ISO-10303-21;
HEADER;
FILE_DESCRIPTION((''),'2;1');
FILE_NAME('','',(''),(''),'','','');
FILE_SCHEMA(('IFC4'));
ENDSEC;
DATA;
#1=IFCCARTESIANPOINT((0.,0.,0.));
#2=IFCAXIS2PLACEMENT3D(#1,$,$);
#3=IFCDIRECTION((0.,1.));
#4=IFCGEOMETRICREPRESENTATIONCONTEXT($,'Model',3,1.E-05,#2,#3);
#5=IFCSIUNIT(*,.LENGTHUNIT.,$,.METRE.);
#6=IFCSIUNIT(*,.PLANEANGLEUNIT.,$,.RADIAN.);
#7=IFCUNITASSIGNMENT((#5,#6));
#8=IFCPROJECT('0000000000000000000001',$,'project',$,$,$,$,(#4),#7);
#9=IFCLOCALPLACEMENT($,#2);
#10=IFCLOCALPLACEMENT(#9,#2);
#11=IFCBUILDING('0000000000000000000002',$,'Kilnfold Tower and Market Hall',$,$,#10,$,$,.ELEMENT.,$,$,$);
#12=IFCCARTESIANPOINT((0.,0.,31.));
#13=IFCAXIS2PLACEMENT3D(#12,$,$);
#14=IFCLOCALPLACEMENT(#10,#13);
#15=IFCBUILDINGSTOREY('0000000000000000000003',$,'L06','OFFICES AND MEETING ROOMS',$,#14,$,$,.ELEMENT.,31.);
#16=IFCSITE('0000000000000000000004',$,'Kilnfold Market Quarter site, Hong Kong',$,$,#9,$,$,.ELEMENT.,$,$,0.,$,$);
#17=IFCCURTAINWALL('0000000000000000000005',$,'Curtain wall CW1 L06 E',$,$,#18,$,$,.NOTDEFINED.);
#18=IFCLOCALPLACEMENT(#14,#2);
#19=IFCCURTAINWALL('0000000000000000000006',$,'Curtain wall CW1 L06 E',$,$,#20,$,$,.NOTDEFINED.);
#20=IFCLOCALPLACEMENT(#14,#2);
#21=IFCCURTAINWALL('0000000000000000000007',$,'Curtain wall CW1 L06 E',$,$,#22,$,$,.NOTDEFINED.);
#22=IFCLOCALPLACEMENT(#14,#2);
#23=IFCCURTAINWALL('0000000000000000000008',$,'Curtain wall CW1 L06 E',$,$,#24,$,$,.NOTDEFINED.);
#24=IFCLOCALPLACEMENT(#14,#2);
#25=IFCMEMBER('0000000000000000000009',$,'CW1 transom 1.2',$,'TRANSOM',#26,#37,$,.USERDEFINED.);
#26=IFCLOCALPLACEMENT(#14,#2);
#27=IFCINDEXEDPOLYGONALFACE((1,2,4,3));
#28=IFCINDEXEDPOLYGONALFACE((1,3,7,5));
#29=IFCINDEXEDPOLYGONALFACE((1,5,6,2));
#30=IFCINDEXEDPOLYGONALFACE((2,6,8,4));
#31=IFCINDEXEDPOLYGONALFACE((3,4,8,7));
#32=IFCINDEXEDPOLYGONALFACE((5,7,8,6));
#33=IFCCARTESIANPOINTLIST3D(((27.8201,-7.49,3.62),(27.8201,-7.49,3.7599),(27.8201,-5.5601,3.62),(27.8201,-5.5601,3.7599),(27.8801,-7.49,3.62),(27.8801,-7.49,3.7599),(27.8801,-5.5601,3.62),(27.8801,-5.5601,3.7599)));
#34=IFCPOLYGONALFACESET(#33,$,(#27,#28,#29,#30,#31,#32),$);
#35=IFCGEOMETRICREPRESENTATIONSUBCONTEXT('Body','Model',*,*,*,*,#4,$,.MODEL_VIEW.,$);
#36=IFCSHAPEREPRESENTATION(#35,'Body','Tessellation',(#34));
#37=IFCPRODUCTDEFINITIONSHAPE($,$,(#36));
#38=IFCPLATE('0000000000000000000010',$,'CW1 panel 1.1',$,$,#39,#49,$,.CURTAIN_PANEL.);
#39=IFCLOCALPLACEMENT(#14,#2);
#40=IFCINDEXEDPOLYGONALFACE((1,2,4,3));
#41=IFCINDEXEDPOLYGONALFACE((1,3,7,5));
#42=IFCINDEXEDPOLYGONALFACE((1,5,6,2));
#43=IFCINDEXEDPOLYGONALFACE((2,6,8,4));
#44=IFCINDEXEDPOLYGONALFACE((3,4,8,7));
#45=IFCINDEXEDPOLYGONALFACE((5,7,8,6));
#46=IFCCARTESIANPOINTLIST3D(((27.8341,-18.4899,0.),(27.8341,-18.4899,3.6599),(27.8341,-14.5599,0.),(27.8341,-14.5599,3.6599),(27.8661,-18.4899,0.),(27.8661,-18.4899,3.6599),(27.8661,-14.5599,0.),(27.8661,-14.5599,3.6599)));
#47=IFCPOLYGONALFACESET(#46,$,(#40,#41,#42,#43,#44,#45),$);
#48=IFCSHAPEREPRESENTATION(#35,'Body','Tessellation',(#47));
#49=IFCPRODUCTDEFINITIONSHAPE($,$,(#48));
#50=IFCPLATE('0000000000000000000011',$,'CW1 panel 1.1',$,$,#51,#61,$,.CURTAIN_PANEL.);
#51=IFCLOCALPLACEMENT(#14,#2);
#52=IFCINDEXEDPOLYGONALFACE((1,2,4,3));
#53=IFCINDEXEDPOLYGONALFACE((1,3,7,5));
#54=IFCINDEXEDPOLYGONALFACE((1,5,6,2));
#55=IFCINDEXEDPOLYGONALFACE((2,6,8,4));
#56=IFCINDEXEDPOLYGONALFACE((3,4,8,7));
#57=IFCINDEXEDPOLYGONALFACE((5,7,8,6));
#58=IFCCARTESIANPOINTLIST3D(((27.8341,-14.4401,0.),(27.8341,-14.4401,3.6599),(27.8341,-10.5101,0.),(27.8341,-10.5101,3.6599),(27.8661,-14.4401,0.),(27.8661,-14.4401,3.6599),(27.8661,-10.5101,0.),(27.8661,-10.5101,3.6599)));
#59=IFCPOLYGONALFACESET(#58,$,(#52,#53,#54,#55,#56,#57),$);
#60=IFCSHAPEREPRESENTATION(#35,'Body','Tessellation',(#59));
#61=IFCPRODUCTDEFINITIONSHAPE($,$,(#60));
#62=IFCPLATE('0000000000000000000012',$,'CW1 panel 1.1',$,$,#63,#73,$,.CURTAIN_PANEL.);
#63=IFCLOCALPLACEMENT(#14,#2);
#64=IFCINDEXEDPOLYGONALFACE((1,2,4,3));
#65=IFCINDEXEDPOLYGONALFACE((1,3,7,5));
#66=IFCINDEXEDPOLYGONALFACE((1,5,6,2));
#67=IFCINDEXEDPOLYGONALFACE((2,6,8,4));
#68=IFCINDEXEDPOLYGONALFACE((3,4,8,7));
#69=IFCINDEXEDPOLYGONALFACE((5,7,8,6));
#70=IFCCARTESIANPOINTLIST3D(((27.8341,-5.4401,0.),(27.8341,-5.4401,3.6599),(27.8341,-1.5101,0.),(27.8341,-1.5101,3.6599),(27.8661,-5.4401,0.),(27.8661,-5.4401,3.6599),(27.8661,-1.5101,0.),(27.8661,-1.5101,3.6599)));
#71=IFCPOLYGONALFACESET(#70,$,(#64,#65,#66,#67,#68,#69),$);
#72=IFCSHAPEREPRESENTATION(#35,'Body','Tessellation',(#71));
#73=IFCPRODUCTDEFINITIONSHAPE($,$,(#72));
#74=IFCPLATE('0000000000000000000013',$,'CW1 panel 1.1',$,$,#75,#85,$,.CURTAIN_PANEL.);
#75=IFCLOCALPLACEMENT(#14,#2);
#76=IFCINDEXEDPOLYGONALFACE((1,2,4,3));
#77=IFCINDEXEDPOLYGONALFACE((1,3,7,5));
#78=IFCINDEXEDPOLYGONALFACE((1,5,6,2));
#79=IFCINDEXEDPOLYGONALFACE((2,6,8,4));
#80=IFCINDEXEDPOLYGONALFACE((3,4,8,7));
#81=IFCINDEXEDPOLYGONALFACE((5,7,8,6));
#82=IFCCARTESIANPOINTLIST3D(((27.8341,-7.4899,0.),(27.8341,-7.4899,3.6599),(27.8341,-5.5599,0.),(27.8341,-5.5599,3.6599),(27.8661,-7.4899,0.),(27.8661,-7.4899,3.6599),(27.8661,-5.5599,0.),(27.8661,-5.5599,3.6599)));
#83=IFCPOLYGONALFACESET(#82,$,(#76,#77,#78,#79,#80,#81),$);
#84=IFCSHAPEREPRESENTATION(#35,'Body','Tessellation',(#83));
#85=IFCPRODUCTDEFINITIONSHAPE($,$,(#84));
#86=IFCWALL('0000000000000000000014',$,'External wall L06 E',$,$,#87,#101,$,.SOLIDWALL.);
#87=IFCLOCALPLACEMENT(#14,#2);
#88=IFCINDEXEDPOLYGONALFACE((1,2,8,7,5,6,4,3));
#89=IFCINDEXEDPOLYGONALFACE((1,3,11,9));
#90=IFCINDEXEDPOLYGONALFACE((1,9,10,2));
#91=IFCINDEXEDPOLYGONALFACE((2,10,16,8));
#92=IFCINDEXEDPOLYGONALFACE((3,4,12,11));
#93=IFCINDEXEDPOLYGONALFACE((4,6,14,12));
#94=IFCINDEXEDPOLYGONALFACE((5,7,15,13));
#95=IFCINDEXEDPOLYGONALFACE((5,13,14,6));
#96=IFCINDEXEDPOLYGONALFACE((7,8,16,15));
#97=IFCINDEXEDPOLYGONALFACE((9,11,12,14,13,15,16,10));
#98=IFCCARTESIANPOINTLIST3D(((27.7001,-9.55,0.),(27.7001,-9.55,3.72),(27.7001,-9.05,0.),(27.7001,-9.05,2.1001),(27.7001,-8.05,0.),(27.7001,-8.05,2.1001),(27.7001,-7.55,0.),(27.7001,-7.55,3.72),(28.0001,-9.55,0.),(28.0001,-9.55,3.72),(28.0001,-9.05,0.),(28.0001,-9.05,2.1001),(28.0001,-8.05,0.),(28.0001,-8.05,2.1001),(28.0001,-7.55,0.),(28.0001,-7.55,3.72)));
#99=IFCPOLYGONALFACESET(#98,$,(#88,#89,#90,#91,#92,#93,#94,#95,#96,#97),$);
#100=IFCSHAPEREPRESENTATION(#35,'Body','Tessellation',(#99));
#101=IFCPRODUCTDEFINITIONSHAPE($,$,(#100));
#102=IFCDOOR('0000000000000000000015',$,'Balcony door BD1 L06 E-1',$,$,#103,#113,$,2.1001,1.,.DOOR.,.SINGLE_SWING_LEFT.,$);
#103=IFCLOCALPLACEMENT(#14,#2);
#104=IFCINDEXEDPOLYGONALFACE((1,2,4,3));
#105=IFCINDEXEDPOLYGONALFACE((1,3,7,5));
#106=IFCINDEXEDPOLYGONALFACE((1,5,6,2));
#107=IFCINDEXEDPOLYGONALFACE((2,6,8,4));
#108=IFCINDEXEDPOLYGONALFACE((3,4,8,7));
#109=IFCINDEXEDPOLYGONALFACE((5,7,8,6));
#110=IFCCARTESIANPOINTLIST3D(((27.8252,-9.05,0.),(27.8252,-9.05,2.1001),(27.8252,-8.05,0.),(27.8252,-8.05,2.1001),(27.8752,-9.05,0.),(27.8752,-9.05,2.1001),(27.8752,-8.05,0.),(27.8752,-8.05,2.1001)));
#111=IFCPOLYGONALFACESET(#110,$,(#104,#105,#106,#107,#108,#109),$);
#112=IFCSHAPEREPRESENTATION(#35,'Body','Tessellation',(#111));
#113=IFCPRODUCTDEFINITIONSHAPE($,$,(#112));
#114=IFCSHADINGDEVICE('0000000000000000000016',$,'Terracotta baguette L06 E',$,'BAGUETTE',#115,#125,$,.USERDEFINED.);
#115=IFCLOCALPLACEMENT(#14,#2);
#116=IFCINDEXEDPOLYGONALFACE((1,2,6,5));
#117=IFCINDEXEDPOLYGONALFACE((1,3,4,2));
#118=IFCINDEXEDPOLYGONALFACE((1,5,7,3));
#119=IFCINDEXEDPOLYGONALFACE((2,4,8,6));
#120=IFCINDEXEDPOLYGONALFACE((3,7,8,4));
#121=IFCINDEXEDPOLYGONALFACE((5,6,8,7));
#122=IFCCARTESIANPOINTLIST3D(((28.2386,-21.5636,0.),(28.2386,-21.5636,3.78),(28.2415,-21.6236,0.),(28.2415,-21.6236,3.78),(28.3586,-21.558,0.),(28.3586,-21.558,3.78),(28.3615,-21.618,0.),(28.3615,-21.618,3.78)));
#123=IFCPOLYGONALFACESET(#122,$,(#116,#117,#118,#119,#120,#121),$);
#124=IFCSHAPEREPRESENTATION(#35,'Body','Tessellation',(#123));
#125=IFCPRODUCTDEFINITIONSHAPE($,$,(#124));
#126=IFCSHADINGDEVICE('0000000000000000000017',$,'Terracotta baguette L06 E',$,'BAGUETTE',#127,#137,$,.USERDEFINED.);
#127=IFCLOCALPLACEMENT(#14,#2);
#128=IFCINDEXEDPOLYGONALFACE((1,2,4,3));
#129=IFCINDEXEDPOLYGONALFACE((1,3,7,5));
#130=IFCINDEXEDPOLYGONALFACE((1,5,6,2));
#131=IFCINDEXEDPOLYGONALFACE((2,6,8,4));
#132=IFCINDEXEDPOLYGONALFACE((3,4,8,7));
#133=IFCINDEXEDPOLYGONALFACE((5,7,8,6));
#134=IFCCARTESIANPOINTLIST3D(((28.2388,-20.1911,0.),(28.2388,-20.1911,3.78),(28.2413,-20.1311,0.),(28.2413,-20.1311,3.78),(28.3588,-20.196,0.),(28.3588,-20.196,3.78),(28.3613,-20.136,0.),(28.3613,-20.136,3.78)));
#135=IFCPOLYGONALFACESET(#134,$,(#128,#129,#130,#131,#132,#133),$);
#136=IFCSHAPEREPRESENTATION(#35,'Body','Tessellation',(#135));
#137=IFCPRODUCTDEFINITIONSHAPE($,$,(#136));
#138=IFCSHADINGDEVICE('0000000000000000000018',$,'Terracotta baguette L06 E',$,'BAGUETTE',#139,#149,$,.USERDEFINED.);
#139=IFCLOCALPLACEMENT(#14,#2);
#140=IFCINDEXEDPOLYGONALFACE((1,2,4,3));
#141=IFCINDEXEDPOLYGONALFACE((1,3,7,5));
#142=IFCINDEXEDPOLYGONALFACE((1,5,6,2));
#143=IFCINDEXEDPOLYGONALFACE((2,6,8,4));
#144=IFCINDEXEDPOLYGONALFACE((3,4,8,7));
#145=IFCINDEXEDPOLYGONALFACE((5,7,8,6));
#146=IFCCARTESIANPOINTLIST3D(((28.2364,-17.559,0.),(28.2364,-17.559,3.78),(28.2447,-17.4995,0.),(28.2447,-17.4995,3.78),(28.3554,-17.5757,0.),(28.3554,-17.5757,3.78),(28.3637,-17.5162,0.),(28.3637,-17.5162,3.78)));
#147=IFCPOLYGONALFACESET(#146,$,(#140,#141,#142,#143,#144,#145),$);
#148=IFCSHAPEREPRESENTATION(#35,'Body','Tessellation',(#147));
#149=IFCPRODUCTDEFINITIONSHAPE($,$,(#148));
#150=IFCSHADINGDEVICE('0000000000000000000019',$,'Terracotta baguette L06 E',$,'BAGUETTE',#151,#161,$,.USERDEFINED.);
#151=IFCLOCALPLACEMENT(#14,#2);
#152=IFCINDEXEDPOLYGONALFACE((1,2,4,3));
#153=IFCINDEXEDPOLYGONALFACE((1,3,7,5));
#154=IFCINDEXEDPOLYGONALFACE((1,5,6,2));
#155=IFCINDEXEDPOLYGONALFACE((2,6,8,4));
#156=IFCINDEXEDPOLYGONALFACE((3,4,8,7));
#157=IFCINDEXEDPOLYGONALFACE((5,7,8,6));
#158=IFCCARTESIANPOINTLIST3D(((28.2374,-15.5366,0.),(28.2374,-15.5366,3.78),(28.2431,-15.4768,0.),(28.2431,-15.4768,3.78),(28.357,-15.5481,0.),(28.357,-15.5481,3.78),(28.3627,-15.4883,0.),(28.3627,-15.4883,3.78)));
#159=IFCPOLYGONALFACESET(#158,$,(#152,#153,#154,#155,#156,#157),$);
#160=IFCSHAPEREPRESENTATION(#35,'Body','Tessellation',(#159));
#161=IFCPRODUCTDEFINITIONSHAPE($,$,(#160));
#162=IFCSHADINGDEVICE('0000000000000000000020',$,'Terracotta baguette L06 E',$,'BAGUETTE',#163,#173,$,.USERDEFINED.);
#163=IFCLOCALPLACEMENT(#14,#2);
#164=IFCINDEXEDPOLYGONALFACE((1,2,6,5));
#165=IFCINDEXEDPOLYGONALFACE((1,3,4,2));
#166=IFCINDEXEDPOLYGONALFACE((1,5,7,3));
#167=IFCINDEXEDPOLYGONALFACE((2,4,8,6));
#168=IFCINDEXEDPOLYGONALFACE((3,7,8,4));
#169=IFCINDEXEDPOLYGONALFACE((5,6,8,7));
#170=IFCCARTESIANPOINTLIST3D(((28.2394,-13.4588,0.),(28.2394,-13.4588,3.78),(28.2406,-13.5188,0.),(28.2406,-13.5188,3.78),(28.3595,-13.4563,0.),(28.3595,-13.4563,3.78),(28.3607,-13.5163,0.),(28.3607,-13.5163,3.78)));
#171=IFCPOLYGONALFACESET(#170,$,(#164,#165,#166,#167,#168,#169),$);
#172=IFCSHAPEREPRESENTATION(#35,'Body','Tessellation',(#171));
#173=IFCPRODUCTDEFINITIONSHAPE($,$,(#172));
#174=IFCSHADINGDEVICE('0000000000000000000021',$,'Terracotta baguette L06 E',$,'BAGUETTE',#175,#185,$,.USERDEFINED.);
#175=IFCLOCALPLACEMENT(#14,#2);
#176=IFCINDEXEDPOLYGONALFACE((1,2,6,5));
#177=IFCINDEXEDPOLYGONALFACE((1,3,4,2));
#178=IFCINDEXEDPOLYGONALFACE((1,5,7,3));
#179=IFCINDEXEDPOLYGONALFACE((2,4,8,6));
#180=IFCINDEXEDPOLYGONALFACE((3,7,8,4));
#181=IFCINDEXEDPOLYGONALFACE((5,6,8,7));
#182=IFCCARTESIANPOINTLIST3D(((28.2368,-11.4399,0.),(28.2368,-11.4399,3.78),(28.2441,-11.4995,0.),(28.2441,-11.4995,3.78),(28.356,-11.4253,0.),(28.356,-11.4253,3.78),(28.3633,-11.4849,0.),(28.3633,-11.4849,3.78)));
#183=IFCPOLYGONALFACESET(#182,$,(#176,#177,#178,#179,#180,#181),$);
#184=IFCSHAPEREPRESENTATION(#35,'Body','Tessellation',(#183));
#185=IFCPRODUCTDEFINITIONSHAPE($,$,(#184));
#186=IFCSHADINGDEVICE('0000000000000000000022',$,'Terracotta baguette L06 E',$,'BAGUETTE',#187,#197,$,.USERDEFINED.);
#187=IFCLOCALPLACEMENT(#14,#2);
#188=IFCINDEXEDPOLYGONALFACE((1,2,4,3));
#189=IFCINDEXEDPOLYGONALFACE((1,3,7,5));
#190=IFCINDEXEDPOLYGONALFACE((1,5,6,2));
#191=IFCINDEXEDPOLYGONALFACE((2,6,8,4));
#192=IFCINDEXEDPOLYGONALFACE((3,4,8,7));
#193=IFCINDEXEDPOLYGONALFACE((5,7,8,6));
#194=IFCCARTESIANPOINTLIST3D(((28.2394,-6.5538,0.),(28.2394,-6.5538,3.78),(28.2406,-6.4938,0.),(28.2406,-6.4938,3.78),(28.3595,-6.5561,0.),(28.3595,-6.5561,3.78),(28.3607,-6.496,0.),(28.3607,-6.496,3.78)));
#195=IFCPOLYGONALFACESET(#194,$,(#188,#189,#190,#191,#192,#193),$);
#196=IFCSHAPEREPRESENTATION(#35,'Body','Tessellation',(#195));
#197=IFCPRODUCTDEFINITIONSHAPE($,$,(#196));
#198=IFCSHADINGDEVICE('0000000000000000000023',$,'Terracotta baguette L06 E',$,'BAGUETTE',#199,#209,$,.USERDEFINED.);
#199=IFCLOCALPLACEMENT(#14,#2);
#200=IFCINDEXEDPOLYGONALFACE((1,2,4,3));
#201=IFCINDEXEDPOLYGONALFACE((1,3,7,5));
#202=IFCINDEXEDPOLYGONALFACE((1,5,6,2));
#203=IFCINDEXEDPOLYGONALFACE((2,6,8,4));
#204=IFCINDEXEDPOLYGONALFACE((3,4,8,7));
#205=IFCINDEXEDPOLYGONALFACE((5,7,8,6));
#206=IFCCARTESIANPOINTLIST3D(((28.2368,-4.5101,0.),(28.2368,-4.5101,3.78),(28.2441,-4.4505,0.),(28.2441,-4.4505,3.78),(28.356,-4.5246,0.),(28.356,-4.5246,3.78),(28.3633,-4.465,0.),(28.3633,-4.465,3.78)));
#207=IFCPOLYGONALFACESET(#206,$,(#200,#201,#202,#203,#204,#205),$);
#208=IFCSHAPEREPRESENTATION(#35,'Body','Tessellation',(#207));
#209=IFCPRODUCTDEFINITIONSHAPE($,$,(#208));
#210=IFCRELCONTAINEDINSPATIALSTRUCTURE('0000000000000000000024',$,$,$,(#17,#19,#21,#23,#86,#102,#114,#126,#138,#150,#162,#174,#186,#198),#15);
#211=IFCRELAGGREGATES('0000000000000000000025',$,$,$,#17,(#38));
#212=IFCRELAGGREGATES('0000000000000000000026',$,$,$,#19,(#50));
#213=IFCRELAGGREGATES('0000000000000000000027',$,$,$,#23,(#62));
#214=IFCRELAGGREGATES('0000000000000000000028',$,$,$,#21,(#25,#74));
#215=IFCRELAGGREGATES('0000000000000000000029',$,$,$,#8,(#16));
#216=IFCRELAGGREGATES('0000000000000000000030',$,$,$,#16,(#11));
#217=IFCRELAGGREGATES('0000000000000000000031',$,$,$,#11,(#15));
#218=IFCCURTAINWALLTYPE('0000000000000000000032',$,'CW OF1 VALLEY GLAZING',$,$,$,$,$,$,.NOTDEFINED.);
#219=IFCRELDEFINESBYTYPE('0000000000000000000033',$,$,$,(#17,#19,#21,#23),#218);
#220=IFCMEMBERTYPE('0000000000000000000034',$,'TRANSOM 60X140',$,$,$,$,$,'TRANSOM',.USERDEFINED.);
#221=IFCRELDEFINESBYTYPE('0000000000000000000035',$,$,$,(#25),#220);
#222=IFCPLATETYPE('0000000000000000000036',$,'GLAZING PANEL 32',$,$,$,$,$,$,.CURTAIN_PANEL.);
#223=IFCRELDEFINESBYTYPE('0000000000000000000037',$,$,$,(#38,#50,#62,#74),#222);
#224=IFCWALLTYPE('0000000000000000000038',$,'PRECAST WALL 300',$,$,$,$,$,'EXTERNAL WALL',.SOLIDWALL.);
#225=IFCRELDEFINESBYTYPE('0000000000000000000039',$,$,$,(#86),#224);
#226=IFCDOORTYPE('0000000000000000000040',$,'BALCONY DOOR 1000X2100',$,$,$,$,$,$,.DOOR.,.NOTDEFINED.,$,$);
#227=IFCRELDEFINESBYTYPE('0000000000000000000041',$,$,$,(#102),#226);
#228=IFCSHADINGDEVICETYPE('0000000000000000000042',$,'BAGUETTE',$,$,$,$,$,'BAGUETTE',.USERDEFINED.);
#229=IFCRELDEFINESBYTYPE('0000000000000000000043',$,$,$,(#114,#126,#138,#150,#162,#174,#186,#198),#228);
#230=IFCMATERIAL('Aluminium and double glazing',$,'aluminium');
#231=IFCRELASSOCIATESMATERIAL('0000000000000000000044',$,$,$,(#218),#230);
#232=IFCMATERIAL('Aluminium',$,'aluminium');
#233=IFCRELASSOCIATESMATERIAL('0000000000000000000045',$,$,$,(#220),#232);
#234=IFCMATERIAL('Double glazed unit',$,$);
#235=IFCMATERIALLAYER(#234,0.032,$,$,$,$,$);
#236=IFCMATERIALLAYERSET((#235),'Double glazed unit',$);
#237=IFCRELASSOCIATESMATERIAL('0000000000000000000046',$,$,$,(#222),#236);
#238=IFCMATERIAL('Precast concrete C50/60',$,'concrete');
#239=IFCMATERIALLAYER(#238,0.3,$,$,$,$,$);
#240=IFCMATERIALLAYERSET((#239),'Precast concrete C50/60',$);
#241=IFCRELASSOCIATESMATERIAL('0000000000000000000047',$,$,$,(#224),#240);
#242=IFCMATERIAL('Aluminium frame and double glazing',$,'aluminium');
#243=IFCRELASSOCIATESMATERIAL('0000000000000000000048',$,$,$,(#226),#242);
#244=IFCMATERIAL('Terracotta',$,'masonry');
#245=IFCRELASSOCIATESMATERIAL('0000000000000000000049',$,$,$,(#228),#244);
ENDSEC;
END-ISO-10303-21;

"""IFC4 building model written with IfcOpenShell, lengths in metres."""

from ifc_helpers import new_model, si_unit, direction, frame, frame_2d, origin, origin_2d, place, context, subcontext, project, spatial, rectangle, extrude, source, transform, mapped, material, layer, layer_set, material_profile, profile_set, type_object, element, fill, aggregate, save


model = new_model("IFC4")

# Units and contexts
model_context = context("Model", 3, precision=1e-05, world=origin(), true_north=direction((0.0, 1.0)))
body_context = subcontext(model_context, "Body", "Model", "MODEL_VIEW")
ifc_project = project(units=[si_unit("LENGTHUNIT", "METRE"), si_unit("PLANEANGLEUNIT", "RADIAN")], contexts=[model_context])

# Site, building, storey
site_placement = place(None, origin())
site = spatial("IfcSite", under=ifc_project, at=site_placement, Name="Kilnfold Market Quarter site, Hong Kong", CompositionType="ELEMENT", RefElevation=0.0)
building_placement = place(site_placement, origin())
building = spatial("IfcBuilding", under=site, at=building_placement, Name="Kilnfold Tower and Market Hall", CompositionType="ELEMENT")
storey_placement = place(building_placement, frame((0.0, 0.0, 31.0)))
storey = spatial("IfcBuildingStorey", under=building, at=storey_placement, Name="L06", Description="OFFICES AND MEETING ROOMS", CompositionType="ELEMENT", Elevation=31.0)

# Shared definitions
ifc_material_1 = material(Name="Aluminium and double glazing", Category="aluminium")
curtain_wall_type = type_object("IfcCurtainWallType", Name="CW OF1 VALLEY GLAZING", PredefinedType="NOTDEFINED", material=ifc_material_1)

# Curtain walls
curtain_wall_1_placement = place(storey_placement, origin())
curtain_wall_1 = element("IfcCurtainWall", 1, at=curtain_wall_1_placement, inside=storey, type_object=curtain_wall_type, Name="Curtain wall CW1 L06 E", PredefinedType="NOTDEFINED")
curtain_wall_2_placement = place(storey_placement, origin())
curtain_wall_2 = element("IfcCurtainWall", 2, at=curtain_wall_2_placement, inside=storey, type_object=curtain_wall_type, Name="Curtain wall CW1 L06 E", PredefinedType="NOTDEFINED")
curtain_wall_3_placement = place(storey_placement, origin())
curtain_wall_3 = element("IfcCurtainWall", 3, at=curtain_wall_3_placement, inside=storey, type_object=curtain_wall_type, Name="Curtain wall CW1 L06 E", PredefinedType="NOTDEFINED")

# Curtain wall
curtain_wall_4_placement = place(storey_placement, origin())
curtain_wall_4 = element("IfcCurtainWall", 4, at=curtain_wall_4_placement, inside=storey, type_object=curtain_wall_type, Name="Curtain wall CW1 L06 E", PredefinedType="NOTDEFINED")

# Member
ifc_material_2 = material(Name="Aluminium", Category="aluminium")
ifc_material_profile_1 = material_profile(ifc_material_2, rectangle(XDim=0.0601, YDim=0.1399, at=origin_2d()), Name="TRANSOM 60x140")
ifc_profile_set_1 = profile_set([ifc_material_profile_1], Name="Aluminium")
member_type_1 = type_object("IfcMemberType", Name="TRANSOM 60X140", ElementType="TRANSOM", PredefinedType="USERDEFINED", material=ifc_profile_set_1)
shared_shape_1 = source(origin(), body_context, "Body", "SweptSolid", [
    extrude(rectangle(XDim=0.0601, YDim=0.1399, at=origin_2d()), origin(), (0.0, 0.0, 1.0), 1.9299),
])
member_1_placement = place(storey_placement, frame((27.8501, -7.49, 3.6899), z_axis=(0.0, 1.0, 0.0), x_axis=(-1.0, 0.0, 0.0)))
member_1 = element("IfcMember", 5, at=member_1_placement, type_object=member_type_1, Name="CW1 transom 1.2", ObjectType="TRANSOM", PredefinedType="USERDEFINED", context=body_context, shape_type="MappedRepresentation", body=[
    mapped(shared_shape_1, transform((0.0, 0.0, 0.0))),
])

# Plates
ifc_material_3 = material(Name="Double glazed unit")
ifc_layer_1 = layer(ifc_material_3, 0.032)
ifc_layer_set_1 = layer_set([ifc_layer_1], Name="Double glazed unit")
plate_type = type_object("IfcPlateType", Name="GLAZING PANEL 32", PredefinedType="CURTAIN_PANEL", material=ifc_layer_set_1)
shared_shape_2 = source(origin(), body_context, "Body", "SweptSolid", [
    extrude(rectangle(XDim=3.9299, YDim=0.032, at=origin_2d()), origin(), (0.0, 0.0, 1.0), 3.6599),
])
plate_1_placement = place(storey_placement, frame((27.8501, -16.5249, 0.0), z_axis=(0.0, 0.0, 1.0), x_axis=(0.0, 1.0, 0.0)))
plate_1 = element("IfcPlate", 6, at=plate_1_placement, type_object=plate_type, Name="CW1 panel 1.1", PredefinedType="CURTAIN_PANEL", context=body_context, shape_type="MappedRepresentation", body=[
    mapped(shared_shape_2, transform((0.0, 0.0, 0.0))),
])
aggregate(curtain_wall_1, [plate_1])
plate_2_placement = place(storey_placement, frame((27.8501, -12.4751, 0.0), z_axis=(0.0, 0.0, 1.0), x_axis=(0.0, 1.0, 0.0)))
plate_2 = element("IfcPlate", 7, at=plate_2_placement, type_object=plate_type, Name="CW1 panel 1.1", PredefinedType="CURTAIN_PANEL", context=body_context, shape_type="MappedRepresentation", body=[
    mapped(shared_shape_2, transform((0.0, 0.0, 0.0))),
])
aggregate(curtain_wall_2, [plate_2])
plate_3_placement = place(storey_placement, frame((27.8501, -3.4751, 0.0), z_axis=(0.0, 0.0, 1.0), x_axis=(0.0, 1.0, 0.0)))
plate_3 = element("IfcPlate", 8, at=plate_3_placement, type_object=plate_type, Name="CW1 panel 1.1", PredefinedType="CURTAIN_PANEL", context=body_context, shape_type="MappedRepresentation", body=[
    mapped(shared_shape_2, transform((0.0, 0.0, 0.0))),
])
aggregate(curtain_wall_4, [plate_3])
shared_shape_3 = source(origin(), body_context, "Body", "SweptSolid", [
    extrude(rectangle(XDim=1.9299, YDim=0.032, at=origin_2d()), origin(), (0.0, 0.0, 1.0), 3.6599),
])
plate_4_placement = place(storey_placement, frame((27.8501, -6.5249, 0.0), z_axis=(0.0, 0.0, 1.0), x_axis=(0.0, 1.0, 0.0)))
plate_4 = element("IfcPlate", 9, at=plate_4_placement, type_object=plate_type, Name="CW1 panel 1.1", PredefinedType="CURTAIN_PANEL", context=body_context, shape_type="MappedRepresentation", body=[
    mapped(shared_shape_3, transform((0.0, 0.0, 0.0))),
])
aggregate(curtain_wall_3, [member_1, plate_4])

# Wall, opening, door
ifc_material_4 = material(Name="Precast concrete C50/60", Category="concrete")
ifc_layer_2 = layer(ifc_material_4, 0.3)
ifc_layer_set_2 = layer_set([ifc_layer_2], Name="Precast concrete C50/60")
wall_type = type_object("IfcWallType", Name="PRECAST WALL 300", ElementType="EXTERNAL WALL", PredefinedType="SOLIDWALL", material=ifc_layer_set_2)
shared_shape_4 = source(origin(), body_context, "Body", "SweptSolid", [
    extrude(rectangle(XDim=2.0, YDim=0.3, at=frame_2d((1.0, 0.0))), origin(), (0.0, 0.0, 1.0), 3.72),
])
wall_placement = place(storey_placement, frame((27.8501, -9.55, 0.0), z_axis=(0.0, 0.0, 1.0), x_axis=(0.0, 1.0, 0.0)))
wall = element("IfcWall", 10, at=wall_placement, inside=storey, type_object=wall_type, Name="External wall L06 E", PredefinedType="SOLIDWALL", context=body_context, shape_type="MappedRepresentation", body=[
    mapped(shared_shape_4, transform((0.0, 0.0, 0.0))),
])
opening_placement = place(wall_placement, frame((0.5, 0.0, 0.0)))
opening = element("IfcOpeningElement", 11, at=opening_placement, cuts=wall, PredefinedType="OPENING", context=body_context, shape_type="SweptSolid", body=[
    extrude(rectangle(XDim=1.0, YDim=2.1001, at=frame_2d((0.5, 1.05))), frame((0.0, 0.1602, 0.0), z_axis=(0.0, -1.0, 0.0), x_axis=(1.0, 0.0, 0.0)), (0.0, 0.0, 1.0), 0.3201),
])
ifc_material_5 = material(Name="Aluminium frame and double glazing", Category="aluminium")
door_type = type_object("IfcDoorType", Name="BALCONY DOOR 1000X2100", OperationType="NOTDEFINED", PredefinedType="DOOR", material=ifc_material_5)
door_placement = place(opening_placement, origin())
door = element("IfcDoor", 12, at=door_placement, inside=storey, type_object=door_type, Name="Balcony door BD1 L06 E-1", OperationType="SINGLE_SWING_LEFT", OverallHeight=2.1001, OverallWidth=1.0, PredefinedType="DOOR", context=body_context, shape_type="SweptSolid", body=[
    extrude(rectangle(XDim=1.0, YDim=2.1001, at=frame_2d((0.5, 1.05))), frame((0.0, 0.0249, 0.0), z_axis=(0.0, -1.0, 0.0), x_axis=(1.0, 0.0, 0.0)), (0.0, 0.0, 1.0), 0.05),
])
fill(opening, door)

# Shading devices
ifc_material_6 = material(Name="Terracotta", Category="masonry")
ifc_material_profile_2 = material_profile(ifc_material_6, rectangle(XDim=0.0601, YDim=0.1201, at=origin_2d()), Name="BAG 60x120")
ifc_profile_set_2 = profile_set([ifc_material_profile_2], Name="Terracotta")
shading_device_type = type_object("IfcShadingDeviceType", Name="BAGUETTE", ElementType="BAGUETTE", PredefinedType="USERDEFINED", material=ifc_profile_set_2)
shared_shape_5 = source(origin(), body_context, "Body", "SweptSolid", [
    extrude(rectangle(XDim=0.0601, YDim=0.1201, at=origin_2d()), origin(), (0.0, 0.0, 1.0), 3.78),
])
for number, where, z_axis, x_axis, name in (
    (13, (28.3, -21.5908, 0.0), (0.0, 0.0, 1.0), (-0.046993, 0.998895, 0.0), "Terracotta baguette L06 E"),
    (14, (28.3, -20.1636, 0.0), (0.0, 0.0, 1.0), (0.040871, 0.999164, 0.0), "Terracotta baguette L06 E"),
    (15, (28.3, -17.5376, 0.0), (0.0, 0.0, 1.0), (0.138549, 0.990356, 0.0), "Terracotta baguette L06 E"),
    (16, (28.3, -15.5125, 0.0), (0.0, 0.0, 1.0), (0.095742, 0.995406, 0.0), "Terracotta baguette L06 E"),
    (17, (28.3, -13.4875, 0.0), (0.0, 0.0, 1.0), (-0.021113, 0.999777, 0.0), "Terracotta baguette L06 E"),
    (18, (28.3, -11.4624, 0.0), (0.0, 0.0, 1.0), (-0.121545, 0.992586, 0.0), "Terracotta baguette L06 E"),
    (19, (28.3, -6.5249, 0.0), (0.0, 0.0, 1.0), (0.018787, 0.999824, 0.0), "Terracotta baguette L06 E"),
    (20, (28.3, -4.4875, 0.0), (0.0, 0.0, 1.0), (0.120778, 0.99268, 0.0), "Terracotta baguette L06 E"),
):
    element("IfcShadingDevice", number, at=place(storey_placement, frame(where, z_axis=z_axis, x_axis=x_axis)), inside=storey, type_object=shading_device_type, Name=name, ObjectType="BAGUETTE", PredefinedType="USERDEFINED", context=body_context, shape_type="MappedRepresentation", body=[
        mapped(shared_shape_5, transform((0.0, 0.0, 0.0))),
    ])

save(model, "model.ifc")
